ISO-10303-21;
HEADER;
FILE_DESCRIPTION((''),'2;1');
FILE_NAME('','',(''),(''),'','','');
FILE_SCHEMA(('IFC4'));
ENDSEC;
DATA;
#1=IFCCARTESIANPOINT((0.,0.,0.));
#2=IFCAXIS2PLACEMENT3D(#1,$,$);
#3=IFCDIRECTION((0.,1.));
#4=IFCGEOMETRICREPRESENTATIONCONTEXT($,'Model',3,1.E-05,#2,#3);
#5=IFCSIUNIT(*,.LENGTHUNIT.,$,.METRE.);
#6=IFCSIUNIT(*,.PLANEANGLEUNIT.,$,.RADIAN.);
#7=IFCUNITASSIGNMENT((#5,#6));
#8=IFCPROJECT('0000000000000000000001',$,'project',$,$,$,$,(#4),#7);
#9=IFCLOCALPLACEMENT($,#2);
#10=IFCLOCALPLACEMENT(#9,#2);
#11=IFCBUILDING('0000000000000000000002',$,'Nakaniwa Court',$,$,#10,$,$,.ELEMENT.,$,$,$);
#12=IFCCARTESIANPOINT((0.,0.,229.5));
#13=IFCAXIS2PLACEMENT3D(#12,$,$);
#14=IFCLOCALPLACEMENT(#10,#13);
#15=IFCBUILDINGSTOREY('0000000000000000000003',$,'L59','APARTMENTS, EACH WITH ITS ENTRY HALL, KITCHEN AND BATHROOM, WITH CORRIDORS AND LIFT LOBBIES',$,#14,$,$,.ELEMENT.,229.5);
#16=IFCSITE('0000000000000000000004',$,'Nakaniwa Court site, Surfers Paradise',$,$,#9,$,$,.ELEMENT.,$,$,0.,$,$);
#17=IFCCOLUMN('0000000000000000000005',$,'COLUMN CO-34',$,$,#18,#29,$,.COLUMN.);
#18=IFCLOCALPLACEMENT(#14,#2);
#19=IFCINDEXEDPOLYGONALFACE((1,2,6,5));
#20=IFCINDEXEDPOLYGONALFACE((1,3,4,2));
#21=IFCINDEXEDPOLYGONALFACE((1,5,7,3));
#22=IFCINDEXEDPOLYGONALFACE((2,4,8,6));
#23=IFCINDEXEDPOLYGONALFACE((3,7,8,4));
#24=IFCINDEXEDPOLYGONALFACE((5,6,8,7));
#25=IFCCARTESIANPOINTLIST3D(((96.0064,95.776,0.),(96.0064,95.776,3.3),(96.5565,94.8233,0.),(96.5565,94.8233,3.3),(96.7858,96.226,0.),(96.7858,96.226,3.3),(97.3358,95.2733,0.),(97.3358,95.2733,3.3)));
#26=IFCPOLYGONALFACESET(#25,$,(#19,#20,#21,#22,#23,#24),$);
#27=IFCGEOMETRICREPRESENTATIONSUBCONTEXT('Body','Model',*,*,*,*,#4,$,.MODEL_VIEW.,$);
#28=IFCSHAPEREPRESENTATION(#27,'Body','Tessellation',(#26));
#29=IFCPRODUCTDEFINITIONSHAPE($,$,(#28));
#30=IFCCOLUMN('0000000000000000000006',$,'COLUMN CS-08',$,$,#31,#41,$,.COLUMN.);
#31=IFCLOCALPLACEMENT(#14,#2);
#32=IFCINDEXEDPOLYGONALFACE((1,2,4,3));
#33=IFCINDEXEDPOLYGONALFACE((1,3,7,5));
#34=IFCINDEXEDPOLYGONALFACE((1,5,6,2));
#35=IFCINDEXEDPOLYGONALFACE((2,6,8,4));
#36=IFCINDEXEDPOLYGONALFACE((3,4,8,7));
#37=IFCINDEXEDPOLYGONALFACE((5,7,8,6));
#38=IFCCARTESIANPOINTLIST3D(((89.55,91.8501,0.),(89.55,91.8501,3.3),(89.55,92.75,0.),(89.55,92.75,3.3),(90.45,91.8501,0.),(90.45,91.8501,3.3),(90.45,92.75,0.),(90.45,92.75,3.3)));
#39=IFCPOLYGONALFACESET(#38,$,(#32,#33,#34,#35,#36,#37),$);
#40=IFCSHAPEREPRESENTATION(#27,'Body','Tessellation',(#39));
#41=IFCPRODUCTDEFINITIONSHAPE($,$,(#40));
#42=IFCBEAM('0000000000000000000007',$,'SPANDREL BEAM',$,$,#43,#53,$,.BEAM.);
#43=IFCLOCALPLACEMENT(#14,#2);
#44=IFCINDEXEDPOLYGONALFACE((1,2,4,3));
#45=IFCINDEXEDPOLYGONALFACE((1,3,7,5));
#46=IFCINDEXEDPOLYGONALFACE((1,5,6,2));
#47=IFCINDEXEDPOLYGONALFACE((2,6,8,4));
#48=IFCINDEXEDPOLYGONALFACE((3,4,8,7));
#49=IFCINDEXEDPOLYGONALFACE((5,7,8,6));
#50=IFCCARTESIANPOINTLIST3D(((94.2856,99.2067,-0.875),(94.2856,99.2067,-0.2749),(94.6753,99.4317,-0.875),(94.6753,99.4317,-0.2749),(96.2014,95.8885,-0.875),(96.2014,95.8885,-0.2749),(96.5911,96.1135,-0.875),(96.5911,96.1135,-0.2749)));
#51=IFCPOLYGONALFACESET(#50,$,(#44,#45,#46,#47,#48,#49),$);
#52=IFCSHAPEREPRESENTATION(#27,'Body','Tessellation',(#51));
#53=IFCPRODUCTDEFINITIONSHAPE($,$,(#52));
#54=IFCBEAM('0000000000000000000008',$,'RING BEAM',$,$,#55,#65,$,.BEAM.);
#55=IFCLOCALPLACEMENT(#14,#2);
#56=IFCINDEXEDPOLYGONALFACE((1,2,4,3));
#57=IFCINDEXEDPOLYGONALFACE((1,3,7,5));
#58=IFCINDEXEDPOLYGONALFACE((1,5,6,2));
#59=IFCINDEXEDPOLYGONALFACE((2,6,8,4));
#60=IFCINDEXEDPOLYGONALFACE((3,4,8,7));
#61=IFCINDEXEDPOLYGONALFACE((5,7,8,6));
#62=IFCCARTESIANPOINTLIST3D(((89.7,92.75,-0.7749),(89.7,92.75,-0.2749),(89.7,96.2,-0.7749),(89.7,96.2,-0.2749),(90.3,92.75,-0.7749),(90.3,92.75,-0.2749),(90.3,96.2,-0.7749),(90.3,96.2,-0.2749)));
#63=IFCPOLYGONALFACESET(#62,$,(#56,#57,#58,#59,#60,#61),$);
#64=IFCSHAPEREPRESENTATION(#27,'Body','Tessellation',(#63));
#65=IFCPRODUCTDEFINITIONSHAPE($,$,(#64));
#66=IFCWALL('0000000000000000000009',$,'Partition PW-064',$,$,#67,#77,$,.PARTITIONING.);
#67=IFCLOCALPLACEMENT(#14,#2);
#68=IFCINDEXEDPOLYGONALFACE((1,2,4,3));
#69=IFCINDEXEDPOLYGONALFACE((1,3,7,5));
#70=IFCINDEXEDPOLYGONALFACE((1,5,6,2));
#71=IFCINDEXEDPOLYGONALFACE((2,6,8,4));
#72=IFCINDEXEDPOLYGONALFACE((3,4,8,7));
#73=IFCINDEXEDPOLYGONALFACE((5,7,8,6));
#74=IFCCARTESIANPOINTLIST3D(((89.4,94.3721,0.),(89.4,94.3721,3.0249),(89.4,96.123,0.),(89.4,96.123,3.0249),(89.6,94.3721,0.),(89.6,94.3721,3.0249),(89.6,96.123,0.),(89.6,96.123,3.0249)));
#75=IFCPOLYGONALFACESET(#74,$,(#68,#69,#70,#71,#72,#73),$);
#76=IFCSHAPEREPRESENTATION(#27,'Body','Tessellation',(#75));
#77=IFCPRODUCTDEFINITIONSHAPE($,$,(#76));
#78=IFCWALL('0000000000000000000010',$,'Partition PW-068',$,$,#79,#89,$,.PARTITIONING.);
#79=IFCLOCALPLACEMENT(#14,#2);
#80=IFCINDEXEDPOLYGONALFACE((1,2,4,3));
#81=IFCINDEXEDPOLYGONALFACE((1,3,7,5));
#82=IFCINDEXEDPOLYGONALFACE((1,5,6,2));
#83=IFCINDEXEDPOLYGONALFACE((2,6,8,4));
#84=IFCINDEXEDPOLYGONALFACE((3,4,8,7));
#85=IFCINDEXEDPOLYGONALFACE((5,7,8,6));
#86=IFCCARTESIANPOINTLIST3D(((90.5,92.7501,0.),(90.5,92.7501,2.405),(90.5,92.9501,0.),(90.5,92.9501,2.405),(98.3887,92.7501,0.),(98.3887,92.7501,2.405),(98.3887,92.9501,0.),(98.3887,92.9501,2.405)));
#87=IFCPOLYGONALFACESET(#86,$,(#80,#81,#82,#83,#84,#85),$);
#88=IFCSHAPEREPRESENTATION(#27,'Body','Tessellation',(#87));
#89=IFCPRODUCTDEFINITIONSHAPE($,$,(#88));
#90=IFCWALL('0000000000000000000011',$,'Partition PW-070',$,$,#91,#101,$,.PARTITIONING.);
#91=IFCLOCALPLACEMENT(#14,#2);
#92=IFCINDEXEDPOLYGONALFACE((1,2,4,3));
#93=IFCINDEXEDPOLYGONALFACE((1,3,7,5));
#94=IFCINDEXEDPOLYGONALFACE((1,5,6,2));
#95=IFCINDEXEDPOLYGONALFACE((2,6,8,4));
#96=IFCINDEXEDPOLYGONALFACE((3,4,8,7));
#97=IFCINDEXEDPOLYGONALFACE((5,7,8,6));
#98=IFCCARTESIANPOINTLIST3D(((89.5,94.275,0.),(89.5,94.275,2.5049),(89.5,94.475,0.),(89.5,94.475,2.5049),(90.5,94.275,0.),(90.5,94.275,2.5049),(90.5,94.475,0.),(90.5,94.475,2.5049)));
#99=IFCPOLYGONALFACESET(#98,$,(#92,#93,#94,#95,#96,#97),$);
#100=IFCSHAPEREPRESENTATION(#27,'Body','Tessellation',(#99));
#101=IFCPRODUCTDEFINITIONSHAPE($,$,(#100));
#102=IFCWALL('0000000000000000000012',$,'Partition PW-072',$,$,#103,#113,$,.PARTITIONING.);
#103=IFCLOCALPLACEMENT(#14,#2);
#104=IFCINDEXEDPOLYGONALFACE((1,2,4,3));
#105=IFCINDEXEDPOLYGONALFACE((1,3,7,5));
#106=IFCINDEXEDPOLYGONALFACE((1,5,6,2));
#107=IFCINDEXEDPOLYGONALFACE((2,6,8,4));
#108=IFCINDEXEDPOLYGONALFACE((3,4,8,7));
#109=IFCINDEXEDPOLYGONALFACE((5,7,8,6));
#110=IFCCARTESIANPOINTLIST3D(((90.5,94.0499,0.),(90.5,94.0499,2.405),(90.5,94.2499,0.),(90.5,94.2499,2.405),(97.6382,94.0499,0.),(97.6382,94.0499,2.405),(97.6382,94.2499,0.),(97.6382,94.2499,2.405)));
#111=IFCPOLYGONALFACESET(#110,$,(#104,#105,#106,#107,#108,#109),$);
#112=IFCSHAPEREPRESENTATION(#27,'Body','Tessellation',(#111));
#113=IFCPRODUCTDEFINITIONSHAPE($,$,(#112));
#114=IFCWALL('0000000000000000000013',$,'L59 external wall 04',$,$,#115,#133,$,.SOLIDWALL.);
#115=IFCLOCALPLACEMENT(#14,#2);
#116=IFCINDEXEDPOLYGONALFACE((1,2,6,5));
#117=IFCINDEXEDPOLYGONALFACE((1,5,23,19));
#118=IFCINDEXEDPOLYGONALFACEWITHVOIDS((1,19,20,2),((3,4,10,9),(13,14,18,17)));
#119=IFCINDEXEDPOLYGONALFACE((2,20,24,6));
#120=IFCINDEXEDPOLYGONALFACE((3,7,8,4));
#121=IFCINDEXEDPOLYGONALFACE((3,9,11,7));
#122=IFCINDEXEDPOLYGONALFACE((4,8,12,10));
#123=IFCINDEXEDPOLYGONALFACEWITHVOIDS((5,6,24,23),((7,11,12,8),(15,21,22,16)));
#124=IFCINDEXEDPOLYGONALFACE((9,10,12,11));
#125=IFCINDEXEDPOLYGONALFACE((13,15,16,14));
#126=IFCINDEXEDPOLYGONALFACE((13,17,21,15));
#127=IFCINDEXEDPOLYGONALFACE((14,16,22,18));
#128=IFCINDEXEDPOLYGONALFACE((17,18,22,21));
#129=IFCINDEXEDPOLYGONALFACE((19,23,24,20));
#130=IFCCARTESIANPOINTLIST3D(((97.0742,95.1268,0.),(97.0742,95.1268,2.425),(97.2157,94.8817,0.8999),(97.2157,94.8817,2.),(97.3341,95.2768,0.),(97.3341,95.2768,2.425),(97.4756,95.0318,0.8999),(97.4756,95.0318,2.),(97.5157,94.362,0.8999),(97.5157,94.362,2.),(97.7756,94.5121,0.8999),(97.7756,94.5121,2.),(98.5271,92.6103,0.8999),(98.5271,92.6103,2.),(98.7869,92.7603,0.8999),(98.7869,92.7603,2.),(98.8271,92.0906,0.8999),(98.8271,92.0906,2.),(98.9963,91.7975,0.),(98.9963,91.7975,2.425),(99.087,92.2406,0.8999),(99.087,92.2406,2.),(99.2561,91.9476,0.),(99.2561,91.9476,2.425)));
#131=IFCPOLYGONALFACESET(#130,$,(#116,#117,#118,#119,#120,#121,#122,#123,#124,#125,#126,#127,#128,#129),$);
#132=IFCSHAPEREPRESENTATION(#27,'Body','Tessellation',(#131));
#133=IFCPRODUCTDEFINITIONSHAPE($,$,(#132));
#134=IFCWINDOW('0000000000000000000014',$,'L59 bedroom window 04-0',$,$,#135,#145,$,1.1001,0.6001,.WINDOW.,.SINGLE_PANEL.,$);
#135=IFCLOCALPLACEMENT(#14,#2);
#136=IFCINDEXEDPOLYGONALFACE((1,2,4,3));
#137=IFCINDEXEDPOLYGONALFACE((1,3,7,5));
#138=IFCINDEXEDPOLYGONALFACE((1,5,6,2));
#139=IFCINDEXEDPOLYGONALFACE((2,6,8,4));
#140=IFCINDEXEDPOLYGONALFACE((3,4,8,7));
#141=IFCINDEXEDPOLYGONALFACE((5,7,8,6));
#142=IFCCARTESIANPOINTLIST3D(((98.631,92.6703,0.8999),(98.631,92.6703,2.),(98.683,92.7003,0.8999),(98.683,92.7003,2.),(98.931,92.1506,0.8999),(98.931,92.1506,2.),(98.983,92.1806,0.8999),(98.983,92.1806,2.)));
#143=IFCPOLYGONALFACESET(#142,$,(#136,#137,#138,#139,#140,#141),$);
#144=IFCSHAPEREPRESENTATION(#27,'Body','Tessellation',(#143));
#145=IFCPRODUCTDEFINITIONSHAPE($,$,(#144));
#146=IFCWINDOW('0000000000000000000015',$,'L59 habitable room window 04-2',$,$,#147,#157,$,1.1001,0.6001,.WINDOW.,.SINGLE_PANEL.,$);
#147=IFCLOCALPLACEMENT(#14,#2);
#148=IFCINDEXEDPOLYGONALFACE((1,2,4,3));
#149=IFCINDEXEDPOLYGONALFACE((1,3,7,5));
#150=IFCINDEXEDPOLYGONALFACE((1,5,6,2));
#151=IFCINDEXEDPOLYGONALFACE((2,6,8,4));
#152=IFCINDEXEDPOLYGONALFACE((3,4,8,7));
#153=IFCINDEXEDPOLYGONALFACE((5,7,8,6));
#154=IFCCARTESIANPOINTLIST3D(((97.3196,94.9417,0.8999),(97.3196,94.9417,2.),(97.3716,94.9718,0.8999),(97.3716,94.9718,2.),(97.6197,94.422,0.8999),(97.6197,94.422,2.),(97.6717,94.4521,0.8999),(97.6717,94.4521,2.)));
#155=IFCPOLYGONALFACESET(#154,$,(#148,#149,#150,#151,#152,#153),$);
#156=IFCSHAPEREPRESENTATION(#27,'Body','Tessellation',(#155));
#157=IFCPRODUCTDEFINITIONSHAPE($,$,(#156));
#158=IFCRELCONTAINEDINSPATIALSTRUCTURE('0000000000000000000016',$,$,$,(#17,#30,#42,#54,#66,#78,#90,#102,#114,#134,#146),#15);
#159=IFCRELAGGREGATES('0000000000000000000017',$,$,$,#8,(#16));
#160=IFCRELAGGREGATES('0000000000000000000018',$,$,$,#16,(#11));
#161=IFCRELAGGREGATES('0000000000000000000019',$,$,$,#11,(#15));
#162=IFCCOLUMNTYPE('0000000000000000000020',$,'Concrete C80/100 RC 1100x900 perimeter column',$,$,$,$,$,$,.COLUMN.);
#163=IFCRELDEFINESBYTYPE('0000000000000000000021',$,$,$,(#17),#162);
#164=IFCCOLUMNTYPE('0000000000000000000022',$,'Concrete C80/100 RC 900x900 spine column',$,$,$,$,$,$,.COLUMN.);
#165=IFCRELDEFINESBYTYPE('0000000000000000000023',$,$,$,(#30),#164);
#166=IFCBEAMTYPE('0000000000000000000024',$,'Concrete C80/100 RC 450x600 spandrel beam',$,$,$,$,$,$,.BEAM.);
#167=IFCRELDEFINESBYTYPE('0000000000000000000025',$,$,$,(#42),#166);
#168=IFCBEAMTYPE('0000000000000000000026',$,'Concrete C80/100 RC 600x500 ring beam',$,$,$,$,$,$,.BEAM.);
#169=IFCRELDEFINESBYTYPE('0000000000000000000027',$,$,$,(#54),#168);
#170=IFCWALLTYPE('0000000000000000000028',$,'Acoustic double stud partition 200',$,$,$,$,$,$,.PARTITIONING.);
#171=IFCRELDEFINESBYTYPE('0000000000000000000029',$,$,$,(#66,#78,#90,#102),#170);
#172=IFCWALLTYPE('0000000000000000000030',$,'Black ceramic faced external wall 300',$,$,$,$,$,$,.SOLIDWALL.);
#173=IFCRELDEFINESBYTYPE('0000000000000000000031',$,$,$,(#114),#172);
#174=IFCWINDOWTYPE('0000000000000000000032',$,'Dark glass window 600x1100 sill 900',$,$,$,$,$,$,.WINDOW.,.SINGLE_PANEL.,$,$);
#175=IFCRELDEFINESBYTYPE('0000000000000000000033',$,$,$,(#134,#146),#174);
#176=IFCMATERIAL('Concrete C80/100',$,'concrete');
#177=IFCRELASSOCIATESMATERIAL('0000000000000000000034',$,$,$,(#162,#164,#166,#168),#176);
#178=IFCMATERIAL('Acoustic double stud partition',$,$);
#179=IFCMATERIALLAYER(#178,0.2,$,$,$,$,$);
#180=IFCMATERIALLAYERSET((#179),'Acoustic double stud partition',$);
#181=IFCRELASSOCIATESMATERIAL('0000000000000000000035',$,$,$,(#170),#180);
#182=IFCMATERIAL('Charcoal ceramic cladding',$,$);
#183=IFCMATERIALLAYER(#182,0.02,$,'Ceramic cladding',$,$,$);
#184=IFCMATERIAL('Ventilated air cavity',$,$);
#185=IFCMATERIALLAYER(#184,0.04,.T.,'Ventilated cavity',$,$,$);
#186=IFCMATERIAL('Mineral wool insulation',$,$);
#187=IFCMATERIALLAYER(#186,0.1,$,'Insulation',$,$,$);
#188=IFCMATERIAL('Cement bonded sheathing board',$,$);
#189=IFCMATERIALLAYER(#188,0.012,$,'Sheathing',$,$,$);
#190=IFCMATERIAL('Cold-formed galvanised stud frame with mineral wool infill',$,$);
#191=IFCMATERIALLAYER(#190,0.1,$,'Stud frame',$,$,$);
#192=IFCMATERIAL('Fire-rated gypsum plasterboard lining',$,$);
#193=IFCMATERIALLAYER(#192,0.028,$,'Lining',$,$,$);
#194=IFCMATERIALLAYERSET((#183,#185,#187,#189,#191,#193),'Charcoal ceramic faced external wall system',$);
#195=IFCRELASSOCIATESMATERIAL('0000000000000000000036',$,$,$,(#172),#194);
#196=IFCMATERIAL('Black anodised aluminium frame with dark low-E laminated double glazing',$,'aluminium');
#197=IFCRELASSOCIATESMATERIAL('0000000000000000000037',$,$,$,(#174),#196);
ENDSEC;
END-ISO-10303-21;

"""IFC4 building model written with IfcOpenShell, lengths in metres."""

from ifc_helpers import new_model, si_unit, direction, frame, frame_2d, origin, origin_2d, place, context, subcontext, project, spatial, rectangle, extrude, material, layer, layer_set, material_profile, profile_set, type_object, element, fill, save


model = new_model("IFC4")

# Units and contexts
model_context = context("Model", 3, precision=1e-05, world=origin(), true_north=direction((0.0, 1.0)))
body_context = subcontext(model_context, "Body", "Model", "MODEL_VIEW")
ifc_project = project(units=[si_unit("LENGTHUNIT", "METRE"), si_unit("PLANEANGLEUNIT", "RADIAN")], contexts=[model_context])

# Site, building, storey
site_placement = place(None, origin())
site = spatial("IfcSite", under=ifc_project, at=site_placement, Name="Nakaniwa Court site, Surfers Paradise", CompositionType="ELEMENT", RefElevation=0.0)
building_placement = place(site_placement, origin())
building = spatial("IfcBuilding", under=site, at=building_placement, Name="Nakaniwa Court", CompositionType="ELEMENT")
storey_placement = place(building_placement, frame((0.0, 0.0, 229.5)))
storey = spatial("IfcBuildingStorey", under=building, at=storey_placement, Name="L59", Description="APARTMENTS, EACH WITH ITS ENTRY HALL, KITCHEN AND BATHROOM, WITH CORRIDORS AND LIFT LOBBIES", CompositionType="ELEMENT", Elevation=229.5)

# Columns
ifc_material_1 = material(Name="Concrete C80/100", Category="concrete")
ifc_material_profile_1 = material_profile(ifc_material_1, rectangle(XDim=1.1001, YDim=0.8999, at=origin_2d()), Name="Concrete C80/100 RC 1100x900 perimeter column")
ifc_profile_set_1 = profile_set([ifc_material_profile_1], Name="Concrete C80/100")
column_type_1 = type_object("IfcColumnType", Name="Concrete C80/100 RC 1100x900 perimeter column", PredefinedType="COLUMN", material=ifc_profile_set_1)
column_1_placement = place(storey_placement, frame((96.6711, 95.5247, 0.0), z_axis=(0.0, 0.0, 1.0), x_axis=(-0.5, 0.866025, 0.0)))
element("IfcColumn", 1, at=column_1_placement, inside=storey, type_object=column_type_1, Name="COLUMN CO-34", PredefinedType="COLUMN", context=body_context, shape_type="SweptSolid", body=[
    extrude(rectangle(XDim=1.1001, YDim=0.8999, at=origin_2d()), origin(), (0.0, 0.0, 1.0), 3.3),
])
ifc_material_profile_2 = material_profile(ifc_material_1, rectangle(XDim=0.8999, YDim=0.8999, at=origin_2d()), Name="Concrete C80/100 RC 900x900 spine column")
ifc_profile_set_2 = profile_set([ifc_material_profile_2], Name="Concrete C80/100")
column_type_2 = type_object("IfcColumnType", Name="Concrete C80/100 RC 900x900 spine column", PredefinedType="COLUMN", material=ifc_profile_set_2)
column_2_placement = place(storey_placement, frame((90.0, 92.3, 0.0), z_axis=(0.0, 0.0, 1.0), x_axis=(0.0, 1.0, 0.0)))
element("IfcColumn", 2, at=column_2_placement, inside=storey, type_object=column_type_2, Name="COLUMN CS-08", PredefinedType="COLUMN", context=body_context, shape_type="SweptSolid", body=[
    extrude(rectangle(XDim=0.8999, YDim=0.8999, at=origin_2d()), origin(), (0.0, 0.0, 1.0), 3.3),
])

# Beams
ifc_material_profile_3 = material_profile(ifc_material_1, rectangle(XDim=0.45, YDim=0.6001, at=origin_2d()), Name="Concrete C80/100 RC 450x600 spandrel beam")
ifc_profile_set_3 = profile_set([ifc_material_profile_3], Name="Concrete C80/100")
beam_type_1 = type_object("IfcBeamType", Name="Concrete C80/100 RC 450x600 spandrel beam", PredefinedType="BEAM", material=ifc_profile_set_3)
beam_1_placement = place(storey_placement, frame((96.3962, 96.001, -0.575), z_axis=(-0.500011, 0.866019, 0.0), x_axis=(-0.866019, -0.500011, 0.0)))
element("IfcBeam", 3, at=beam_1_placement, inside=storey, type_object=beam_type_1, Name="SPANDREL BEAM", PredefinedType="BEAM", context=body_context, shape_type="SweptSolid", body=[
    extrude(rectangle(XDim=0.45, YDim=0.6001, at=origin_2d()), origin(), (0.0, 0.0, 1.0), 3.8315),
])
ifc_material_profile_4 = material_profile(ifc_material_1, rectangle(XDim=0.6001, YDim=0.5, at=origin_2d()), Name="Concrete C80/100 RC 600x500 ring beam")
ifc_profile_set_4 = profile_set([ifc_material_profile_4], Name="Concrete C80/100")
beam_type_2 = type_object("IfcBeamType", Name="Concrete C80/100 RC 600x500 ring beam", PredefinedType="BEAM", material=ifc_profile_set_4)
beam_2_placement = place(storey_placement, frame((90.0, 92.75, -0.5249), z_axis=(0.0, 1.0, 0.0), x_axis=(-1.0, 0.0, 0.0)))
element("IfcBeam", 4, at=beam_2_placement, inside=storey, type_object=beam_type_2, Name="RING BEAM", PredefinedType="BEAM", context=body_context, shape_type="SweptSolid", body=[
    extrude(rectangle(XDim=0.6001, YDim=0.5, at=origin_2d()), origin(), (0.0, 0.0, 1.0), 3.45),
])

# Walls
ifc_material_2 = material(Name="Acoustic double stud partition")
ifc_layer_1 = layer(ifc_material_2, 0.2)
ifc_layer_set_1 = layer_set([ifc_layer_1], Name="Acoustic double stud partition")
wall_type_1 = type_object("IfcWallType", Name="Acoustic double stud partition 200", PredefinedType="PARTITIONING", material=ifc_layer_set_1)
wall_1_placement = place(storey_placement, frame((89.5, 94.3721, 0.0), z_axis=(0.0, 0.0, 1.0), x_axis=(0.0, 1.0, 0.0)))
element("IfcWall", 5, at=wall_1_placement, inside=storey, type_object=wall_type_1, Name="Partition PW-064", PredefinedType="PARTITIONING", context=body_context, shape_type="SweptSolid", body=[
    extrude(rectangle(XDim=1.751, YDim=0.2, at=frame_2d((0.8755, 0.0))), origin(), (0.0, 0.0, 1.0), 3.0249),
])
wall_2_placement = place(storey_placement, frame((90.5, 92.8501, 0.0), z_axis=(0.0, 0.0, 1.0), x_axis=(1.0, 0.0, 0.0)))
element("IfcWall", 6, at=wall_2_placement, inside=storey, type_object=wall_type_1, Name="Partition PW-068", PredefinedType="PARTITIONING", context=body_context, shape_type="SweptSolid", body=[
    extrude(rectangle(XDim=7.8887, YDim=0.2, at=frame_2d((3.9443, 0.0))), origin(), (0.0, 0.0, 1.0), 2.405),
])
wall_3_placement = place(storey_placement, frame((89.5, 94.375, 0.0), z_axis=(0.0, 0.0, 1.0), x_axis=(1.0, 0.0, 0.0)))
element("IfcWall", 7, at=wall_3_placement, inside=storey, type_object=wall_type_1, Name="Partition PW-070", PredefinedType="PARTITIONING", context=body_context, shape_type="SweptSolid", body=[
    extrude(rectangle(XDim=1.0, YDim=0.2, at=frame_2d((0.5, 0.0))), origin(), (0.0, 0.0, 1.0), 2.5049),
])
wall_4_placement = place(storey_placement, frame((90.5, 94.1499, 0.0), z_axis=(0.0, 0.0, 1.0), x_axis=(1.0, 0.0, 0.0)))
element("IfcWall", 8, at=wall_4_placement, inside=storey, type_object=wall_type_1, Name="Partition PW-072", PredefinedType="PARTITIONING", context=body_context, shape_type="SweptSolid", body=[
    extrude(rectangle(XDim=7.1382, YDim=0.2, at=frame_2d((3.5691, 0.0))), origin(), (0.0, 0.0, 1.0), 2.405),
])

# Wall, openings, windows
ifc_material_3 = material(Name="Charcoal ceramic cladding")
ifc_layer_2 = layer(ifc_material_3, 0.02, Name="Ceramic cladding")
ifc_material_4 = material(Name="Ventilated air cavity")
ifc_layer_3 = layer(ifc_material_4, 0.04, ventilated=True, Name="Ventilated cavity")
ifc_material_5 = material(Name="Mineral wool insulation")
ifc_layer_4 = layer(ifc_material_5, 0.1, Name="Insulation")
ifc_material_6 = material(Name="Cement bonded sheathing board")
ifc_layer_5 = layer(ifc_material_6, 0.012, Name="Sheathing")
ifc_material_7 = material(Name="Cold-formed galvanised stud frame with mineral wool infill")
ifc_layer_6 = layer(ifc_material_7, 0.1, Name="Stud frame")
ifc_material_8 = material(Name="Fire-rated gypsum plasterboard lining")
ifc_layer_7 = layer(ifc_material_8, 0.028, Name="Lining")
ifc_layer_set_2 = layer_set([ifc_layer_2, ifc_layer_3, ifc_layer_4, ifc_layer_5, ifc_layer_6, ifc_layer_7], Name="Charcoal ceramic faced external wall system")
wall_type_2 = type_object("IfcWallType", Name="Black ceramic faced external wall 300", PredefinedType="SOLIDWALL", material=ifc_layer_set_2)
wall_5_placement = place(storey_placement, frame((99.1262, 91.8726, 0.0), z_axis=(0.0, 0.0, 1.0), x_axis=(-0.499984, 0.866034, 0.0)))
wall_5 = element("IfcWall", 9, at=wall_5_placement, inside=storey, type_object=wall_type_2, Name="L59 external wall 04", PredefinedType="SOLIDWALL", context=body_context, shape_type="SweptSolid", body=[
    extrude(rectangle(XDim=3.8442, YDim=0.3, at=frame_2d((1.9221, 0.0))), origin(), (0.0, 0.0, 1.0), 2.425),
])
opening_1_placement = place(wall_5_placement, frame((0.3384, 0.0, 0.8999)))
opening_1 = element("IfcOpeningElement", 10, at=opening_1_placement, cuts=wall_5, PredefinedType="OPENING", context=body_context, shape_type="SweptSolid", body=[
    extrude(rectangle(XDim=0.6001, YDim=1.1001, at=frame_2d((0.3, 0.55))), frame((0.0, 0.1599, 0.0), z_axis=(0.0, -1.0, 0.0), x_axis=(1.0, 0.0, 0.0)), (0.0, 0.0, 1.0), 0.3201),
])
opening_2_placement = place(wall_5_placement, frame((2.9612, 0.0, 0.8999)))
opening_2 = element("IfcOpeningElement", 11, at=opening_2_placement, cuts=wall_5, PredefinedType="OPENING", context=body_context, shape_type="SweptSolid", body=[
    extrude(rectangle(XDim=0.6001, YDim=1.1001, at=frame_2d((0.3, 0.55))), frame((0.0, 0.1599, 0.0), z_axis=(0.0, -1.0, 0.0), x_axis=(1.0, 0.0, 0.0)), (0.0, 0.0, 1.0), 0.3201),
])
ifc_material_9 = material(Name="Black anodised aluminium frame with dark low-E laminated double glazing", Category="aluminium")
window_type_1 = type_object("IfcWindowType", Name="Dark glass window 600x1100 sill 900", PartitioningType="SINGLE_PANEL", PredefinedType="WINDOW", material=ifc_material_9)
window_1_placement = place(opening_1_placement, origin())
window_1 = element("IfcWindow", 12, at=window_1_placement, inside=storey, type_object=window_type_1, Name="L59 bedroom window 04-0", OverallHeight=1.1001, OverallWidth=0.6001, PartitioningType="SINGLE_PANEL", PredefinedType="WINDOW", context=body_context, shape_type="SweptSolid", body=[
    extrude(rectangle(XDim=0.6001, YDim=1.1001, at=frame_2d((0.3, 0.55))), frame((0.0, 0.03, 0.0), z_axis=(0.0, -1.0, 0.0), x_axis=(1.0, 0.0, 0.0)), (0.0, 0.0, 1.0), 0.0601),
])
fill(opening_1, window_1)
window_2_placement = place(opening_2_placement, origin())
window_2 = element("IfcWindow", 13, at=window_2_placement, inside=storey, type_object=window_type_1, Name="L59 habitable room window 04-2", OverallHeight=1.1001, OverallWidth=0.6001, PartitioningType="SINGLE_PANEL", PredefinedType="WINDOW", context=body_context, shape_type="SweptSolid", body=[
    extrude(rectangle(XDim=0.6001, YDim=1.1001, at=frame_2d((0.3, 0.55))), frame((0.0, 0.03, 0.0), z_axis=(0.0, -1.0, 0.0), x_axis=(1.0, 0.0, 0.0)), (0.0, 0.0, 1.0), 0.0601),
])
fill(opening_2, window_2)

save(model, "model.ifc")
